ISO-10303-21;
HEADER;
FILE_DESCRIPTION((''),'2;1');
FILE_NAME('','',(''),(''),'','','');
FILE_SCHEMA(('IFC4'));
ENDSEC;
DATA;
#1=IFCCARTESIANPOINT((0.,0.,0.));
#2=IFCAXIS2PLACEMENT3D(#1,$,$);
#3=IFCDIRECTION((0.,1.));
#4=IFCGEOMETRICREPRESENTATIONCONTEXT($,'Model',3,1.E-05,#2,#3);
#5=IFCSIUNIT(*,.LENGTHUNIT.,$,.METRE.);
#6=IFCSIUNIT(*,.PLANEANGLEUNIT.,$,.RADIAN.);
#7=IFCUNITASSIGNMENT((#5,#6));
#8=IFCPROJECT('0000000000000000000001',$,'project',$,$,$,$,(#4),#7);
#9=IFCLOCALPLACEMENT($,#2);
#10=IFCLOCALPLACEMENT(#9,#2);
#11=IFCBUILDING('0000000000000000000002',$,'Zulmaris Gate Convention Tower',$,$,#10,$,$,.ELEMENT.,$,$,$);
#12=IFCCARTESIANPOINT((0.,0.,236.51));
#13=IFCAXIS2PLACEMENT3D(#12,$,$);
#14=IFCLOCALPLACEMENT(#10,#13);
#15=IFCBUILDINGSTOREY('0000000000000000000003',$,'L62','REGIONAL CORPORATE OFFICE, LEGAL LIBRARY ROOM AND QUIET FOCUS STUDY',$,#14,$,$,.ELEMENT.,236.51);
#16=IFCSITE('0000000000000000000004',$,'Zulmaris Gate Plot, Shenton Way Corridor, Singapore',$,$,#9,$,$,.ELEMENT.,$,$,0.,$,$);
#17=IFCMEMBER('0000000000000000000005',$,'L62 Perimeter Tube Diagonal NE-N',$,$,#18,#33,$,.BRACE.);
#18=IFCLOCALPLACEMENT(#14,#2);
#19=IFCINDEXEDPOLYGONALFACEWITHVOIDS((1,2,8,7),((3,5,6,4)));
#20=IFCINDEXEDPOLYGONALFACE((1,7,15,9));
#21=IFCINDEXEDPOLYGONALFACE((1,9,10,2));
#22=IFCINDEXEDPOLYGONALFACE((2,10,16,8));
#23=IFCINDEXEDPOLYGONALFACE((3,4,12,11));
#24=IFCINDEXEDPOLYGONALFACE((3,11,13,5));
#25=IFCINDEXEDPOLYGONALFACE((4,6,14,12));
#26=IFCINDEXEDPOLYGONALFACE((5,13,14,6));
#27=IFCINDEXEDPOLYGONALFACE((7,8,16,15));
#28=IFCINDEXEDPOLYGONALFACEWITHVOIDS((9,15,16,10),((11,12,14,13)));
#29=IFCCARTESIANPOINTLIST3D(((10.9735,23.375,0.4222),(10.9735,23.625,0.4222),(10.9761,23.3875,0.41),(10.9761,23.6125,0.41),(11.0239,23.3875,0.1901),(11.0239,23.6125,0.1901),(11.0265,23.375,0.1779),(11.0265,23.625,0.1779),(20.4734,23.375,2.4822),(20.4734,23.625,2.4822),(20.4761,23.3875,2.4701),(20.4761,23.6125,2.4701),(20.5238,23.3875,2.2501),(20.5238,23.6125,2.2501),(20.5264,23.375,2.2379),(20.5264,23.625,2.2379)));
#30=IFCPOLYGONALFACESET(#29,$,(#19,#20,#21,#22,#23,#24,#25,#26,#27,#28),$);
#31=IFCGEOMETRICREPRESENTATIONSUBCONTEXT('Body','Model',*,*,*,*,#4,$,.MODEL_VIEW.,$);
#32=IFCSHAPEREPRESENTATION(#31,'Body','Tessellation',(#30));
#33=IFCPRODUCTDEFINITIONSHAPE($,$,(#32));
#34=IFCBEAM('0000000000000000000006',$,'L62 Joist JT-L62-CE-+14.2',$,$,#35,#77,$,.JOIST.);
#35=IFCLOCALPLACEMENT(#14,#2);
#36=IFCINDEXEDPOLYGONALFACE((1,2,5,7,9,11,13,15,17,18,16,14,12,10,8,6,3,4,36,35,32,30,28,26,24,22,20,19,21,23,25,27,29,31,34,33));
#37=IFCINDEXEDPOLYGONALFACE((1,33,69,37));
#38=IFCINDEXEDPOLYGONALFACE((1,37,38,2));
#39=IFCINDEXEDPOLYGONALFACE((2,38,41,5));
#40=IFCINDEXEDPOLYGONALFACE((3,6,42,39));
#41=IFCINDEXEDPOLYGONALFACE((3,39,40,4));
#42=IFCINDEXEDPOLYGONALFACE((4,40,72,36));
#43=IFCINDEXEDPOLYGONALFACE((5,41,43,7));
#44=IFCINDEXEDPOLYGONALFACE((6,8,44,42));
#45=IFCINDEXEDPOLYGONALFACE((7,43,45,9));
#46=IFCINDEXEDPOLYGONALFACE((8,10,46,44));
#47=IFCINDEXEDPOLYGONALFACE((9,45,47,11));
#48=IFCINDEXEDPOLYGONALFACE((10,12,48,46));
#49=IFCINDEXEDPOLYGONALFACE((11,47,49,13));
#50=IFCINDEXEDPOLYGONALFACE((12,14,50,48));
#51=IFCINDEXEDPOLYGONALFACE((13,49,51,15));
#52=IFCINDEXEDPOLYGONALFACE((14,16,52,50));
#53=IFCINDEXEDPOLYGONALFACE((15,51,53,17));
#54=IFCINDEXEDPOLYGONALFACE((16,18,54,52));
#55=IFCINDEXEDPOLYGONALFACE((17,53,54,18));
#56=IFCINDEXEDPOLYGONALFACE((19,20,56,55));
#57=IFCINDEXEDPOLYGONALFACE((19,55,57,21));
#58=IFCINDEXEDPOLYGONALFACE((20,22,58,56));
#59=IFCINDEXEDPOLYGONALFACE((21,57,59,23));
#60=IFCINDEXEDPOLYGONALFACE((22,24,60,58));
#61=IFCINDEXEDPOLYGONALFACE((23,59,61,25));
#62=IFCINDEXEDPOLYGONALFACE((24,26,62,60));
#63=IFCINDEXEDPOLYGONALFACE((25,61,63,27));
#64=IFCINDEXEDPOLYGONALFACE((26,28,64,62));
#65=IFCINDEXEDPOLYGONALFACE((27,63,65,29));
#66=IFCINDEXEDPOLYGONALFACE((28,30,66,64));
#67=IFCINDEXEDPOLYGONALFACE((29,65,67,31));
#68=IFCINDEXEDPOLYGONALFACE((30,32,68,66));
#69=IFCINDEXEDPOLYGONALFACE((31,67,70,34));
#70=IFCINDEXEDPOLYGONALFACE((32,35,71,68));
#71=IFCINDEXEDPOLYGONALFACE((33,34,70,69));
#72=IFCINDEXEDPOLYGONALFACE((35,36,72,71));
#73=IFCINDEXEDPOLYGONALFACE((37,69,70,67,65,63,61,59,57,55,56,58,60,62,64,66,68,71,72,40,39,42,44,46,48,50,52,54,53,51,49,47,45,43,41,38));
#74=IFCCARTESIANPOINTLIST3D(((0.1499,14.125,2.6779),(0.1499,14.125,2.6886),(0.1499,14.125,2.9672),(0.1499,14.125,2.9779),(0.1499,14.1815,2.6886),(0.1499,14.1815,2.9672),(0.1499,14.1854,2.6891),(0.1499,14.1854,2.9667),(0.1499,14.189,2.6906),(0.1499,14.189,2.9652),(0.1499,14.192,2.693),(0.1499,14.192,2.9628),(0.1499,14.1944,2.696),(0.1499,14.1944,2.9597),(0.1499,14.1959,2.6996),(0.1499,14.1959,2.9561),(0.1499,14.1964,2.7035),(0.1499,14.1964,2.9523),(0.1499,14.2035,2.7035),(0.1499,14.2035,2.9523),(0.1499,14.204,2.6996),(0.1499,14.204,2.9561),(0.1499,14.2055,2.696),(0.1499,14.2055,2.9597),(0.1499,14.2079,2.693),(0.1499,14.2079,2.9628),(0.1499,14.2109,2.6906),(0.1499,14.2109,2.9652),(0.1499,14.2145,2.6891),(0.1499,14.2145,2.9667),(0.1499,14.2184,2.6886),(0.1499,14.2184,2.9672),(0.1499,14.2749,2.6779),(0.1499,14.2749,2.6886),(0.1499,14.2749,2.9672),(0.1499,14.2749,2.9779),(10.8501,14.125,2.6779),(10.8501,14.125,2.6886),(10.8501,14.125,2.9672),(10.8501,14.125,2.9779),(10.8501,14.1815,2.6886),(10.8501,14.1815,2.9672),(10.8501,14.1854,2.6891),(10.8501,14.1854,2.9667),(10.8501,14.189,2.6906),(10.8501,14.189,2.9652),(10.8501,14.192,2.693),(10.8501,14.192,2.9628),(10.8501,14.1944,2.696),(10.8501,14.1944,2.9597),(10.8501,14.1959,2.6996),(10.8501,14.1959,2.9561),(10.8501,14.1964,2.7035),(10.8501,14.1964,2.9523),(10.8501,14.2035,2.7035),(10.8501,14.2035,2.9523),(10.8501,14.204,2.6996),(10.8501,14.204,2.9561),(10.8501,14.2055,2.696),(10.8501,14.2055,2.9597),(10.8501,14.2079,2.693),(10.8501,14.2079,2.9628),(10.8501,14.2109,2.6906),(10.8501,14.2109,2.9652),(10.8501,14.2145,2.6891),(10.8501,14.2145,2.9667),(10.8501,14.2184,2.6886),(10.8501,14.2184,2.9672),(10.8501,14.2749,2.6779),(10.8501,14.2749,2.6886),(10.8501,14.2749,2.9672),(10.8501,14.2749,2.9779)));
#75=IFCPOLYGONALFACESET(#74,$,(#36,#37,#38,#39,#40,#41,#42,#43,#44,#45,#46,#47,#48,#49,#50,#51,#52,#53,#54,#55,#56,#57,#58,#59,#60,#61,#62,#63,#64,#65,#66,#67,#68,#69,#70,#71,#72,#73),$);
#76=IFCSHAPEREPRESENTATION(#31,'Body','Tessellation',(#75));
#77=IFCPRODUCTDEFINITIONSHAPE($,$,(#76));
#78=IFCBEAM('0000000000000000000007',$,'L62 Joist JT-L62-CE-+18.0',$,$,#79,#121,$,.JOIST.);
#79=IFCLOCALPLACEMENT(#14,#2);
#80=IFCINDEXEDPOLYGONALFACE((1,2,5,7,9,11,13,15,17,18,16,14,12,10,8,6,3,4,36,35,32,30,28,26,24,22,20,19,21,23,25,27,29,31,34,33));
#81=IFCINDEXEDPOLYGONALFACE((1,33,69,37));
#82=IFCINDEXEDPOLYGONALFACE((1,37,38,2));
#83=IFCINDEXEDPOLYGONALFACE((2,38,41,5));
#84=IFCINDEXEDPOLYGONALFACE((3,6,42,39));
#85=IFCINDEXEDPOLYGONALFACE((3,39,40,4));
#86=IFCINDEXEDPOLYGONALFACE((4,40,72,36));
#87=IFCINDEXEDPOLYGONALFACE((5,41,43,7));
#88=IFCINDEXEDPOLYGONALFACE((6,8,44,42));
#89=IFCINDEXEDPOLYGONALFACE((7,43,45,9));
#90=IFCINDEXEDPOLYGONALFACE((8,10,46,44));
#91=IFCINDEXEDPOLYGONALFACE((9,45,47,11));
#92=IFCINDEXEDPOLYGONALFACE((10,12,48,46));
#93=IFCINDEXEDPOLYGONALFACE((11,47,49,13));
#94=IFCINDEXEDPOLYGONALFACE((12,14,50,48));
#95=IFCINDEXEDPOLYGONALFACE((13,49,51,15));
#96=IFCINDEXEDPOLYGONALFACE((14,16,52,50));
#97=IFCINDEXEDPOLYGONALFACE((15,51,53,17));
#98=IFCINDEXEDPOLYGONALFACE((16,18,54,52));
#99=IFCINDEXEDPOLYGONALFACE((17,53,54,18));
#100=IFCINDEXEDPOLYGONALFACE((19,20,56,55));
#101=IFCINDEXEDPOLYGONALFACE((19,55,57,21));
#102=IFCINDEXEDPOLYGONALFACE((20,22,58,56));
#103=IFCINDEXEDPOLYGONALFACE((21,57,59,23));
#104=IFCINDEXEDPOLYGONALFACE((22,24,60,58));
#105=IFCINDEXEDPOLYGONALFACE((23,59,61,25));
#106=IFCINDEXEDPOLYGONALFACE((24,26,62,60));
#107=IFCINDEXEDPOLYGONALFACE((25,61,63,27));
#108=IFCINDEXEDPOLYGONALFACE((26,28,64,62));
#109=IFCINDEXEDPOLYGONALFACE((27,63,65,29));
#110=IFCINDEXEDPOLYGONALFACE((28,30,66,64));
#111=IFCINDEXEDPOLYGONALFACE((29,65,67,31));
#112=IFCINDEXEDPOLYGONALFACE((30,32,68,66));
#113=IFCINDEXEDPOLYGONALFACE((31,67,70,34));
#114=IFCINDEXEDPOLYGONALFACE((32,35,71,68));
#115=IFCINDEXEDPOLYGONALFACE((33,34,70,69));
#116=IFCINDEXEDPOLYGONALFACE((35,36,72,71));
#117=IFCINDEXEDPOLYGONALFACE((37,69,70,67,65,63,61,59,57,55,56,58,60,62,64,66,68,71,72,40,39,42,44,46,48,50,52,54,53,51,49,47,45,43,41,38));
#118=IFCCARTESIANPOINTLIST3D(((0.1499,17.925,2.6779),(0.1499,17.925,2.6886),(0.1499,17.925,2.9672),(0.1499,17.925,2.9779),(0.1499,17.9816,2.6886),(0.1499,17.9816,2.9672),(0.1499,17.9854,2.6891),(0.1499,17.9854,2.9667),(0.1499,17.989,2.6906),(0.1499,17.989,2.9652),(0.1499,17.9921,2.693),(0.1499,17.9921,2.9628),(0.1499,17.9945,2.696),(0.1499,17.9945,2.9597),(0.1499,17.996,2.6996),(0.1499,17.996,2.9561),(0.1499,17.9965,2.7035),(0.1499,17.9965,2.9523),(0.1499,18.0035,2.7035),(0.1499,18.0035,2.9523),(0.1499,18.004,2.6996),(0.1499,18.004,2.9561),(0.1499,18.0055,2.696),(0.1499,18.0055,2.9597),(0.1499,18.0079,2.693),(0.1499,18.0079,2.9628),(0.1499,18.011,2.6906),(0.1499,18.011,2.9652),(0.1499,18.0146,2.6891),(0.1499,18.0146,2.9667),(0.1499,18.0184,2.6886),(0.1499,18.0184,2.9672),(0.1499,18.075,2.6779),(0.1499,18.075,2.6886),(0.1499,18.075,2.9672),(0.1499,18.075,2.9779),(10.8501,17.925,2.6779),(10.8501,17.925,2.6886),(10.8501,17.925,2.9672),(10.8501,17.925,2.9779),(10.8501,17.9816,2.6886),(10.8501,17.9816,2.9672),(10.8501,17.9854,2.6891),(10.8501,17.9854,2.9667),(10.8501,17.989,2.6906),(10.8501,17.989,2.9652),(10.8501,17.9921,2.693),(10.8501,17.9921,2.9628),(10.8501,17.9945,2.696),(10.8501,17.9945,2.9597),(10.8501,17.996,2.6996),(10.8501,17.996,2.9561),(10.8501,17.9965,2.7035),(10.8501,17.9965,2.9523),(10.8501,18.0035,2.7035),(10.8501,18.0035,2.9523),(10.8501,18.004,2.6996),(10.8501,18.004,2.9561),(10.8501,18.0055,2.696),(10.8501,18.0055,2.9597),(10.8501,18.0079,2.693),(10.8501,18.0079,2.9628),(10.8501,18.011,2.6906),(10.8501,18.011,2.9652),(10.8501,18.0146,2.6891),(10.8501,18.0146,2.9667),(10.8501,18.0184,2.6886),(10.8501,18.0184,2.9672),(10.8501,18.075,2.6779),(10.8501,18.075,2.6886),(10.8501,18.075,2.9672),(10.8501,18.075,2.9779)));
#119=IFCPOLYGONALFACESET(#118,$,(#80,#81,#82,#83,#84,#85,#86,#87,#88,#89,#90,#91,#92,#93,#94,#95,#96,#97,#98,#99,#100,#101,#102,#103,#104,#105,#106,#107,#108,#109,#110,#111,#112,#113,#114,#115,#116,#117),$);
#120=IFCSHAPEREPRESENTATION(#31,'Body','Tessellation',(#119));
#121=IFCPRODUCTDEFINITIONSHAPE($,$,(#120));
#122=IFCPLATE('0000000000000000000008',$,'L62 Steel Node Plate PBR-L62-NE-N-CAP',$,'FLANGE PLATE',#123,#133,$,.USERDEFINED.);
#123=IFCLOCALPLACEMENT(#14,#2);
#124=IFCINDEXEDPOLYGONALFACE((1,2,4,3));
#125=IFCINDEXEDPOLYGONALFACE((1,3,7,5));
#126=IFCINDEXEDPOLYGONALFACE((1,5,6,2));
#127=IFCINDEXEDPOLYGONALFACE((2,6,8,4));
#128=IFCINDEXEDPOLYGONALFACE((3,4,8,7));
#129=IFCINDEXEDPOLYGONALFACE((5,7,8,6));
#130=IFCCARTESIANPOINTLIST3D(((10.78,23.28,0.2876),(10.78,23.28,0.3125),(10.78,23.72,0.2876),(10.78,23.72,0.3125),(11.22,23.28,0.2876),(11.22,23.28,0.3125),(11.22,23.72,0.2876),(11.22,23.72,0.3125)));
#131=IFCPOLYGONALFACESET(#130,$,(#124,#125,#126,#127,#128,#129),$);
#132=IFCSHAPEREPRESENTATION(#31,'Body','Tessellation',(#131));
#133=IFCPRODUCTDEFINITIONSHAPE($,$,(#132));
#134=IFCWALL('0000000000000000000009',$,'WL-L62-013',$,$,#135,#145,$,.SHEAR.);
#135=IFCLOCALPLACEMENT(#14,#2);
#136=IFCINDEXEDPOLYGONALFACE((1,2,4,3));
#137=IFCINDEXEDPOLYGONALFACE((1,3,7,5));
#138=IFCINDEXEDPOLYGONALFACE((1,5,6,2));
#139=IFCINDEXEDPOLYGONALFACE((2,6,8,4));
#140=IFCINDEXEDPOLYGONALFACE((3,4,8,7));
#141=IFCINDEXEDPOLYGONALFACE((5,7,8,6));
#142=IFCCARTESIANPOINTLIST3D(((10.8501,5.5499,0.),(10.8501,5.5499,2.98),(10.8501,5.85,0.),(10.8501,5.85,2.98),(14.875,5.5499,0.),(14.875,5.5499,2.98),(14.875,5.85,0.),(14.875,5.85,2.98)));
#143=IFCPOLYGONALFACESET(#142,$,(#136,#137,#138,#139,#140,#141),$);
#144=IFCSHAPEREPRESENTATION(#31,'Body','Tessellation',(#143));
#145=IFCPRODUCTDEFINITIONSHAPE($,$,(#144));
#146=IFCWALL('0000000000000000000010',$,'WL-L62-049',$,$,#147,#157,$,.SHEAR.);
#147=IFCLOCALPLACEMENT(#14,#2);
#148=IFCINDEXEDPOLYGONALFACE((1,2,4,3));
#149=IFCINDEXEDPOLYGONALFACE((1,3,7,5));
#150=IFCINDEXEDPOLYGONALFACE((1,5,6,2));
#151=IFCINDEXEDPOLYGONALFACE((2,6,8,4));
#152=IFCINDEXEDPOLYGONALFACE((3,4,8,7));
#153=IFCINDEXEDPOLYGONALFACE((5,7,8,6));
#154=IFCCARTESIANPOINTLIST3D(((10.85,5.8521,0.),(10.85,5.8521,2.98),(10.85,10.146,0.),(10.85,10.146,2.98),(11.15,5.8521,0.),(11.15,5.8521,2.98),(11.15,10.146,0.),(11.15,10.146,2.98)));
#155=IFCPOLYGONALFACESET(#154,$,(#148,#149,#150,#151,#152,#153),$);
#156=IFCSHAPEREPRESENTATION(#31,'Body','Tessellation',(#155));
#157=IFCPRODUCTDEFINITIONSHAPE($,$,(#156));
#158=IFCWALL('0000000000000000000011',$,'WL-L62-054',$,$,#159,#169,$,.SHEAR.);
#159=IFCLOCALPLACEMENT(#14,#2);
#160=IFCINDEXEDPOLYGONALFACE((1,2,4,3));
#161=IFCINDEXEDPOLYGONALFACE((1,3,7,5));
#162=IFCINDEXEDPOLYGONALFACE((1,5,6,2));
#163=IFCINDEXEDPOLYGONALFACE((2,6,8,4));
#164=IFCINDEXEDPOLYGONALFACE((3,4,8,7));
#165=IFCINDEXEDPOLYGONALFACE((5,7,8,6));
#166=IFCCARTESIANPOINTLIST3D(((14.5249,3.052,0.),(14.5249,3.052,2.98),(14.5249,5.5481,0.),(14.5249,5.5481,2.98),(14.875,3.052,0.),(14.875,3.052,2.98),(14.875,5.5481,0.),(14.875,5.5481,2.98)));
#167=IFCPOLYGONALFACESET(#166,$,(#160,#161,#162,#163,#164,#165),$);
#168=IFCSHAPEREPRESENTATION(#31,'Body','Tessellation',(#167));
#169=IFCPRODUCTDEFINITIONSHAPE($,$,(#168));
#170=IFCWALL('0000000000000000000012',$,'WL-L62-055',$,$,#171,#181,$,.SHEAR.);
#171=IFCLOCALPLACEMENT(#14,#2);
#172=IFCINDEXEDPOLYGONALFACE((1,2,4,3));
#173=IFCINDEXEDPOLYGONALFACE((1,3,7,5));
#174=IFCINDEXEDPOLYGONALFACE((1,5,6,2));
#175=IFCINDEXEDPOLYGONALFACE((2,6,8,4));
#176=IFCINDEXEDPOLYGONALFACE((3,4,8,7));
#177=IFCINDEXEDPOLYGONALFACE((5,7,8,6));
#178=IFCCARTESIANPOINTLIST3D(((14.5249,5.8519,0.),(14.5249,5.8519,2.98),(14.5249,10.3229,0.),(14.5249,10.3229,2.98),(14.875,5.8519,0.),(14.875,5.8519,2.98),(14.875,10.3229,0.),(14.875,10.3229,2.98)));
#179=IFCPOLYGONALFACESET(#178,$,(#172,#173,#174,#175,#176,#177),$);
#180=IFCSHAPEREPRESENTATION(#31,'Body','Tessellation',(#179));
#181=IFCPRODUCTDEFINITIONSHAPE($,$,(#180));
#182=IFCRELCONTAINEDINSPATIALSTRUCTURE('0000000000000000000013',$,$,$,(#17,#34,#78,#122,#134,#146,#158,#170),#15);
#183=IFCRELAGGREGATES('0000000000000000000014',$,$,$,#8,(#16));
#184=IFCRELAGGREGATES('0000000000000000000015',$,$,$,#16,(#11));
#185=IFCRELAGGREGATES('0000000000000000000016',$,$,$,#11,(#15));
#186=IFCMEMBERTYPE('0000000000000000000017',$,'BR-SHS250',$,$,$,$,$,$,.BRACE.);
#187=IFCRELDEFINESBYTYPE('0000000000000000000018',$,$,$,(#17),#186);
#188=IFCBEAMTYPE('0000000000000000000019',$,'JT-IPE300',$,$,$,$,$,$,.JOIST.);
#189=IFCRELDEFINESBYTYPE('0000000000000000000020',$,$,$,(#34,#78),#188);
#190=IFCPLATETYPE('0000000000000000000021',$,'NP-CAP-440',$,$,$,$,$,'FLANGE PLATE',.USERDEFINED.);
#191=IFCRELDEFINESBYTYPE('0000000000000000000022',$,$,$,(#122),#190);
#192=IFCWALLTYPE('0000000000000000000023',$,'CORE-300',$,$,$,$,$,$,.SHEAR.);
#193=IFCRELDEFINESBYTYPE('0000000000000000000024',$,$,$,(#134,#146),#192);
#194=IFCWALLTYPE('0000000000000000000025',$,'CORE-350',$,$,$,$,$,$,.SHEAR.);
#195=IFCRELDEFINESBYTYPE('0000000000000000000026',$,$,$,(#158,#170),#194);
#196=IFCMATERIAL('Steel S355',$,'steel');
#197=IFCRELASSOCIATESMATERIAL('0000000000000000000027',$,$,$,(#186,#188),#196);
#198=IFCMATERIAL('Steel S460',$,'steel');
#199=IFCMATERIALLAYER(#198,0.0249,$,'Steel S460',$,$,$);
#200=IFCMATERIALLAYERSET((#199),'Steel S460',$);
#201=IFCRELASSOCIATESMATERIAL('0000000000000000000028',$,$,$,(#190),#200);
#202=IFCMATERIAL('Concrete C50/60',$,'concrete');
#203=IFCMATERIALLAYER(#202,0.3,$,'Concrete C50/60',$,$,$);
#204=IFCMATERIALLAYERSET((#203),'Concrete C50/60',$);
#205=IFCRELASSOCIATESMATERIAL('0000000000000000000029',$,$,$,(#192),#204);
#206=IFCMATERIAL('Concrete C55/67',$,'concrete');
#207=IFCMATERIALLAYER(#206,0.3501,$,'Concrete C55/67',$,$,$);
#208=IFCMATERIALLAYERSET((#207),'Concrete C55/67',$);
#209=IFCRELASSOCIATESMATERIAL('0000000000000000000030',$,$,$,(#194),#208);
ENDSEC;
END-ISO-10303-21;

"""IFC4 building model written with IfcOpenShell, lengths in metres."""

from ifc_helpers import new_model, si_unit, direction, frame, frame_2d, origin, origin_2d, place, context, subcontext, project, spatial, rectangle, hollow_rectangle, i_section, extrude, material, layer, layer_set, material_profile, profile_set, type_object, element, save


model = new_model("IFC4")

# Units and contexts
model_context = context("Model", 3, precision=1e-05, world=origin(), true_north=direction((0.0, 1.0)))
body_context = subcontext(model_context, "Body", "Model", "MODEL_VIEW")
ifc_project = project(units=[si_unit("LENGTHUNIT", "METRE"), si_unit("PLANEANGLEUNIT", "RADIAN")], contexts=[model_context])

# Site, building, storey
site_placement = place(None, origin())
site = spatial("IfcSite", under=ifc_project, at=site_placement, Name="Zulmaris Gate Plot, Shenton Way Corridor, Singapore", CompositionType="ELEMENT", RefElevation=0.0)
building_placement = place(site_placement, origin())
building = spatial("IfcBuilding", under=site, at=building_placement, Name="Zulmaris Gate Convention Tower", CompositionType="ELEMENT")
storey_placement = place(building_placement, frame((0.0, 0.0, 236.51)))
storey = spatial("IfcBuildingStorey", under=building, at=storey_placement, Name="L62", Description="REGIONAL CORPORATE OFFICE, LEGAL LIBRARY ROOM AND QUIET FOCUS STUDY", CompositionType="ELEMENT", Elevation=236.51)

# Shared definitions
ifc_material_1 = material(Name="Concrete C50/60", Category="concrete")

# Shared definitions
ifc_material_2 = material(Name="Steel S355", Category="steel")

# Member
ifc_material_profile_1 = material_profile(ifc_material_2, hollow_rectangle(XDim=0.25, YDim=0.25, WallThickness=0.0125, at=origin_2d()), Name="SHS 250x250x12.5")
ifc_profile_set_1 = profile_set([ifc_material_profile_1], Name="Steel S355")
member_type = type_object("IfcMemberType", Name="BR-SHS250", PredefinedType="BRACE", material=ifc_profile_set_1)
member_placement = place(storey_placement, frame((11.0, 23.5, 0.3), z_axis=(0.977286, 0.0, 0.211923), x_axis=(0.0, 1.0, 0.0)))
element("IfcMember", 1, at=member_placement, inside=storey, type_object=member_type, Name="L62 Perimeter Tube Diagonal NE-N", PredefinedType="BRACE", context=body_context, shape_type="SweptSolid", body=[
    extrude(hollow_rectangle(XDim=0.25, YDim=0.25, WallThickness=0.0125, at=origin_2d()), origin(), (0.0, 0.0, 1.0), 9.7207),
])

# Beams
ifc_material_profile_2 = material_profile(ifc_material_2, i_section(OverallWidth=0.1499, OverallDepth=0.3, WebThickness=0.0071, FlangeThickness=0.0107, FilletRadius=0.0149, at=origin_2d()), Name="IPE 300")
ifc_profile_set_2 = profile_set([ifc_material_profile_2], Name="Steel S355")
beam_type_1 = type_object("IfcBeamType", Name="JT-IPE300", PredefinedType="JOIST", material=ifc_profile_set_2)
for number, where, z_axis, x_axis, name in (
    (2, (0.1499, 14.2, 2.8279), (1.0, 0.0, 0.0), (0.0, 1.0, 0.0), "L62 Joist JT-L62-CE-+14.2"),
    (3, (0.1499, 18.0, 2.8279), (1.0, 0.0, 0.0), (0.0, 1.0, 0.0), "L62 Joist JT-L62-CE-+18.0"),
):
    element("IfcBeam", number, at=place(storey_placement, frame(where, z_axis=z_axis, x_axis=x_axis)), inside=storey, type_object=beam_type_1, Name=name, PredefinedType="JOIST", context=body_context, shape_type="SweptSolid", body=[
        extrude(i_section(OverallWidth=0.1499, OverallDepth=0.3, WebThickness=0.0071, FlangeThickness=0.0107, FilletRadius=0.0149, at=origin_2d()), origin(), (0.0, 0.0, 1.0), 10.7002),
    ])

# Plate
ifc_material_3 = material(Name="Steel S460", Category="steel")
ifc_layer_1 = layer(ifc_material_3, 0.0249, Name="Steel S460")
ifc_layer_set_1 = layer_set([ifc_layer_1], Name="Steel S460")
plate_type = type_object("IfcPlateType", Name="NP-CAP-440", ElementType="FLANGE PLATE", PredefinedType="USERDEFINED", material=ifc_layer_set_1)
plate_placement = place(storey_placement, frame((11.0, 23.5, 0.2876), z_axis=(0.0, 0.0, 1.0), x_axis=(1.0, 0.0, 0.0)))
element("IfcPlate", 4, at=plate_placement, inside=storey, type_object=plate_type, Name="L62 Steel Node Plate PBR-L62-NE-N-CAP", ObjectType="FLANGE PLATE", PredefinedType="USERDEFINED", context=body_context, shape_type="SweptSolid", body=[
    extrude(rectangle(XDim=0.4399, YDim=0.4399, at=origin_2d()), origin(), (0.0, 0.0, 1.0), 0.0249),
])

# Wall
ifc_layer_2 = layer(ifc_material_1, 0.3, Name="Concrete C50/60")
ifc_layer_set_2 = layer_set([ifc_layer_2], Name="Concrete C50/60")
wall_type_1 = type_object("IfcWallType", Name="CORE-300", PredefinedType="SHEAR", material=ifc_layer_set_2)
wall_1_placement = place(storey_placement, frame((10.8501, 5.7, 0.0), z_axis=(0.0, 0.0, 1.0), x_axis=(1.0, 0.0, 0.0)))
element("IfcWall", 5, at=wall_1_placement, inside=storey, type_object=wall_type_1, Name="WL-L62-013", PredefinedType="SHEAR", context=body_context, shape_type="SweptSolid", body=[
    extrude(rectangle(XDim=4.0249, YDim=0.3, at=frame_2d((2.0125, 0.0))), origin(), (0.0, 0.0, 1.0), 2.98),
])

# Wall
wall_2_placement = place(storey_placement, frame((11.0, 5.8521, 0.0), z_axis=(0.0, 0.0, 1.0), x_axis=(0.0, 1.0, 0.0)))
element("IfcWall", 6, at=wall_2_placement, inside=storey, type_object=wall_type_1, Name="WL-L62-049", PredefinedType="SHEAR", context=body_context, shape_type="SweptSolid", body=[
    extrude(rectangle(XDim=4.2939, YDim=0.3, at=frame_2d((2.147, 0.0))), origin(), (0.0, 0.0, 1.0), 2.98),
])

# Shared definitions
ifc_material_4 = material(Name="Concrete C55/67", Category="concrete")
ifc_layer_3 = layer(ifc_material_4, 0.3501, Name="Concrete C55/67")
ifc_layer_set_3 = layer_set([ifc_layer_3], Name="Concrete C55/67")
wall_type_2 = type_object("IfcWallType", Name="CORE-350", PredefinedType="SHEAR", material=ifc_layer_set_3)

# Walls
wall_3_placement = place(storey_placement, frame((14.7, 3.052, 0.0), z_axis=(0.0, 0.0, 1.0), x_axis=(0.0, 1.0, 0.0)))
element("IfcWall", 7, at=wall_3_placement, inside=storey, type_object=wall_type_2, Name="WL-L62-054", PredefinedType="SHEAR", context=body_context, shape_type="SweptSolid", body=[
    extrude(rectangle(XDim=2.4961, YDim=0.3501, at=frame_2d((1.248, 0.0))), origin(), (0.0, 0.0, 1.0), 2.98),
])
wall_4_placement = place(storey_placement, frame((14.7, 5.8521, 0.0), z_axis=(0.0, 0.0, 1.0), x_axis=(0.0, 1.0, 0.0)))
element("IfcWall", 8, at=wall_4_placement, inside=storey, type_object=wall_type_2, Name="WL-L62-055", PredefinedType="SHEAR", context=body_context, shape_type="SweptSolid", body=[
    extrude(rectangle(XDim=4.4709, YDim=0.3501, at=frame_2d((2.2354, 0.0))), origin(), (0.0, 0.0, 1.0), 2.98),
])

save(model, "model.ifc")
